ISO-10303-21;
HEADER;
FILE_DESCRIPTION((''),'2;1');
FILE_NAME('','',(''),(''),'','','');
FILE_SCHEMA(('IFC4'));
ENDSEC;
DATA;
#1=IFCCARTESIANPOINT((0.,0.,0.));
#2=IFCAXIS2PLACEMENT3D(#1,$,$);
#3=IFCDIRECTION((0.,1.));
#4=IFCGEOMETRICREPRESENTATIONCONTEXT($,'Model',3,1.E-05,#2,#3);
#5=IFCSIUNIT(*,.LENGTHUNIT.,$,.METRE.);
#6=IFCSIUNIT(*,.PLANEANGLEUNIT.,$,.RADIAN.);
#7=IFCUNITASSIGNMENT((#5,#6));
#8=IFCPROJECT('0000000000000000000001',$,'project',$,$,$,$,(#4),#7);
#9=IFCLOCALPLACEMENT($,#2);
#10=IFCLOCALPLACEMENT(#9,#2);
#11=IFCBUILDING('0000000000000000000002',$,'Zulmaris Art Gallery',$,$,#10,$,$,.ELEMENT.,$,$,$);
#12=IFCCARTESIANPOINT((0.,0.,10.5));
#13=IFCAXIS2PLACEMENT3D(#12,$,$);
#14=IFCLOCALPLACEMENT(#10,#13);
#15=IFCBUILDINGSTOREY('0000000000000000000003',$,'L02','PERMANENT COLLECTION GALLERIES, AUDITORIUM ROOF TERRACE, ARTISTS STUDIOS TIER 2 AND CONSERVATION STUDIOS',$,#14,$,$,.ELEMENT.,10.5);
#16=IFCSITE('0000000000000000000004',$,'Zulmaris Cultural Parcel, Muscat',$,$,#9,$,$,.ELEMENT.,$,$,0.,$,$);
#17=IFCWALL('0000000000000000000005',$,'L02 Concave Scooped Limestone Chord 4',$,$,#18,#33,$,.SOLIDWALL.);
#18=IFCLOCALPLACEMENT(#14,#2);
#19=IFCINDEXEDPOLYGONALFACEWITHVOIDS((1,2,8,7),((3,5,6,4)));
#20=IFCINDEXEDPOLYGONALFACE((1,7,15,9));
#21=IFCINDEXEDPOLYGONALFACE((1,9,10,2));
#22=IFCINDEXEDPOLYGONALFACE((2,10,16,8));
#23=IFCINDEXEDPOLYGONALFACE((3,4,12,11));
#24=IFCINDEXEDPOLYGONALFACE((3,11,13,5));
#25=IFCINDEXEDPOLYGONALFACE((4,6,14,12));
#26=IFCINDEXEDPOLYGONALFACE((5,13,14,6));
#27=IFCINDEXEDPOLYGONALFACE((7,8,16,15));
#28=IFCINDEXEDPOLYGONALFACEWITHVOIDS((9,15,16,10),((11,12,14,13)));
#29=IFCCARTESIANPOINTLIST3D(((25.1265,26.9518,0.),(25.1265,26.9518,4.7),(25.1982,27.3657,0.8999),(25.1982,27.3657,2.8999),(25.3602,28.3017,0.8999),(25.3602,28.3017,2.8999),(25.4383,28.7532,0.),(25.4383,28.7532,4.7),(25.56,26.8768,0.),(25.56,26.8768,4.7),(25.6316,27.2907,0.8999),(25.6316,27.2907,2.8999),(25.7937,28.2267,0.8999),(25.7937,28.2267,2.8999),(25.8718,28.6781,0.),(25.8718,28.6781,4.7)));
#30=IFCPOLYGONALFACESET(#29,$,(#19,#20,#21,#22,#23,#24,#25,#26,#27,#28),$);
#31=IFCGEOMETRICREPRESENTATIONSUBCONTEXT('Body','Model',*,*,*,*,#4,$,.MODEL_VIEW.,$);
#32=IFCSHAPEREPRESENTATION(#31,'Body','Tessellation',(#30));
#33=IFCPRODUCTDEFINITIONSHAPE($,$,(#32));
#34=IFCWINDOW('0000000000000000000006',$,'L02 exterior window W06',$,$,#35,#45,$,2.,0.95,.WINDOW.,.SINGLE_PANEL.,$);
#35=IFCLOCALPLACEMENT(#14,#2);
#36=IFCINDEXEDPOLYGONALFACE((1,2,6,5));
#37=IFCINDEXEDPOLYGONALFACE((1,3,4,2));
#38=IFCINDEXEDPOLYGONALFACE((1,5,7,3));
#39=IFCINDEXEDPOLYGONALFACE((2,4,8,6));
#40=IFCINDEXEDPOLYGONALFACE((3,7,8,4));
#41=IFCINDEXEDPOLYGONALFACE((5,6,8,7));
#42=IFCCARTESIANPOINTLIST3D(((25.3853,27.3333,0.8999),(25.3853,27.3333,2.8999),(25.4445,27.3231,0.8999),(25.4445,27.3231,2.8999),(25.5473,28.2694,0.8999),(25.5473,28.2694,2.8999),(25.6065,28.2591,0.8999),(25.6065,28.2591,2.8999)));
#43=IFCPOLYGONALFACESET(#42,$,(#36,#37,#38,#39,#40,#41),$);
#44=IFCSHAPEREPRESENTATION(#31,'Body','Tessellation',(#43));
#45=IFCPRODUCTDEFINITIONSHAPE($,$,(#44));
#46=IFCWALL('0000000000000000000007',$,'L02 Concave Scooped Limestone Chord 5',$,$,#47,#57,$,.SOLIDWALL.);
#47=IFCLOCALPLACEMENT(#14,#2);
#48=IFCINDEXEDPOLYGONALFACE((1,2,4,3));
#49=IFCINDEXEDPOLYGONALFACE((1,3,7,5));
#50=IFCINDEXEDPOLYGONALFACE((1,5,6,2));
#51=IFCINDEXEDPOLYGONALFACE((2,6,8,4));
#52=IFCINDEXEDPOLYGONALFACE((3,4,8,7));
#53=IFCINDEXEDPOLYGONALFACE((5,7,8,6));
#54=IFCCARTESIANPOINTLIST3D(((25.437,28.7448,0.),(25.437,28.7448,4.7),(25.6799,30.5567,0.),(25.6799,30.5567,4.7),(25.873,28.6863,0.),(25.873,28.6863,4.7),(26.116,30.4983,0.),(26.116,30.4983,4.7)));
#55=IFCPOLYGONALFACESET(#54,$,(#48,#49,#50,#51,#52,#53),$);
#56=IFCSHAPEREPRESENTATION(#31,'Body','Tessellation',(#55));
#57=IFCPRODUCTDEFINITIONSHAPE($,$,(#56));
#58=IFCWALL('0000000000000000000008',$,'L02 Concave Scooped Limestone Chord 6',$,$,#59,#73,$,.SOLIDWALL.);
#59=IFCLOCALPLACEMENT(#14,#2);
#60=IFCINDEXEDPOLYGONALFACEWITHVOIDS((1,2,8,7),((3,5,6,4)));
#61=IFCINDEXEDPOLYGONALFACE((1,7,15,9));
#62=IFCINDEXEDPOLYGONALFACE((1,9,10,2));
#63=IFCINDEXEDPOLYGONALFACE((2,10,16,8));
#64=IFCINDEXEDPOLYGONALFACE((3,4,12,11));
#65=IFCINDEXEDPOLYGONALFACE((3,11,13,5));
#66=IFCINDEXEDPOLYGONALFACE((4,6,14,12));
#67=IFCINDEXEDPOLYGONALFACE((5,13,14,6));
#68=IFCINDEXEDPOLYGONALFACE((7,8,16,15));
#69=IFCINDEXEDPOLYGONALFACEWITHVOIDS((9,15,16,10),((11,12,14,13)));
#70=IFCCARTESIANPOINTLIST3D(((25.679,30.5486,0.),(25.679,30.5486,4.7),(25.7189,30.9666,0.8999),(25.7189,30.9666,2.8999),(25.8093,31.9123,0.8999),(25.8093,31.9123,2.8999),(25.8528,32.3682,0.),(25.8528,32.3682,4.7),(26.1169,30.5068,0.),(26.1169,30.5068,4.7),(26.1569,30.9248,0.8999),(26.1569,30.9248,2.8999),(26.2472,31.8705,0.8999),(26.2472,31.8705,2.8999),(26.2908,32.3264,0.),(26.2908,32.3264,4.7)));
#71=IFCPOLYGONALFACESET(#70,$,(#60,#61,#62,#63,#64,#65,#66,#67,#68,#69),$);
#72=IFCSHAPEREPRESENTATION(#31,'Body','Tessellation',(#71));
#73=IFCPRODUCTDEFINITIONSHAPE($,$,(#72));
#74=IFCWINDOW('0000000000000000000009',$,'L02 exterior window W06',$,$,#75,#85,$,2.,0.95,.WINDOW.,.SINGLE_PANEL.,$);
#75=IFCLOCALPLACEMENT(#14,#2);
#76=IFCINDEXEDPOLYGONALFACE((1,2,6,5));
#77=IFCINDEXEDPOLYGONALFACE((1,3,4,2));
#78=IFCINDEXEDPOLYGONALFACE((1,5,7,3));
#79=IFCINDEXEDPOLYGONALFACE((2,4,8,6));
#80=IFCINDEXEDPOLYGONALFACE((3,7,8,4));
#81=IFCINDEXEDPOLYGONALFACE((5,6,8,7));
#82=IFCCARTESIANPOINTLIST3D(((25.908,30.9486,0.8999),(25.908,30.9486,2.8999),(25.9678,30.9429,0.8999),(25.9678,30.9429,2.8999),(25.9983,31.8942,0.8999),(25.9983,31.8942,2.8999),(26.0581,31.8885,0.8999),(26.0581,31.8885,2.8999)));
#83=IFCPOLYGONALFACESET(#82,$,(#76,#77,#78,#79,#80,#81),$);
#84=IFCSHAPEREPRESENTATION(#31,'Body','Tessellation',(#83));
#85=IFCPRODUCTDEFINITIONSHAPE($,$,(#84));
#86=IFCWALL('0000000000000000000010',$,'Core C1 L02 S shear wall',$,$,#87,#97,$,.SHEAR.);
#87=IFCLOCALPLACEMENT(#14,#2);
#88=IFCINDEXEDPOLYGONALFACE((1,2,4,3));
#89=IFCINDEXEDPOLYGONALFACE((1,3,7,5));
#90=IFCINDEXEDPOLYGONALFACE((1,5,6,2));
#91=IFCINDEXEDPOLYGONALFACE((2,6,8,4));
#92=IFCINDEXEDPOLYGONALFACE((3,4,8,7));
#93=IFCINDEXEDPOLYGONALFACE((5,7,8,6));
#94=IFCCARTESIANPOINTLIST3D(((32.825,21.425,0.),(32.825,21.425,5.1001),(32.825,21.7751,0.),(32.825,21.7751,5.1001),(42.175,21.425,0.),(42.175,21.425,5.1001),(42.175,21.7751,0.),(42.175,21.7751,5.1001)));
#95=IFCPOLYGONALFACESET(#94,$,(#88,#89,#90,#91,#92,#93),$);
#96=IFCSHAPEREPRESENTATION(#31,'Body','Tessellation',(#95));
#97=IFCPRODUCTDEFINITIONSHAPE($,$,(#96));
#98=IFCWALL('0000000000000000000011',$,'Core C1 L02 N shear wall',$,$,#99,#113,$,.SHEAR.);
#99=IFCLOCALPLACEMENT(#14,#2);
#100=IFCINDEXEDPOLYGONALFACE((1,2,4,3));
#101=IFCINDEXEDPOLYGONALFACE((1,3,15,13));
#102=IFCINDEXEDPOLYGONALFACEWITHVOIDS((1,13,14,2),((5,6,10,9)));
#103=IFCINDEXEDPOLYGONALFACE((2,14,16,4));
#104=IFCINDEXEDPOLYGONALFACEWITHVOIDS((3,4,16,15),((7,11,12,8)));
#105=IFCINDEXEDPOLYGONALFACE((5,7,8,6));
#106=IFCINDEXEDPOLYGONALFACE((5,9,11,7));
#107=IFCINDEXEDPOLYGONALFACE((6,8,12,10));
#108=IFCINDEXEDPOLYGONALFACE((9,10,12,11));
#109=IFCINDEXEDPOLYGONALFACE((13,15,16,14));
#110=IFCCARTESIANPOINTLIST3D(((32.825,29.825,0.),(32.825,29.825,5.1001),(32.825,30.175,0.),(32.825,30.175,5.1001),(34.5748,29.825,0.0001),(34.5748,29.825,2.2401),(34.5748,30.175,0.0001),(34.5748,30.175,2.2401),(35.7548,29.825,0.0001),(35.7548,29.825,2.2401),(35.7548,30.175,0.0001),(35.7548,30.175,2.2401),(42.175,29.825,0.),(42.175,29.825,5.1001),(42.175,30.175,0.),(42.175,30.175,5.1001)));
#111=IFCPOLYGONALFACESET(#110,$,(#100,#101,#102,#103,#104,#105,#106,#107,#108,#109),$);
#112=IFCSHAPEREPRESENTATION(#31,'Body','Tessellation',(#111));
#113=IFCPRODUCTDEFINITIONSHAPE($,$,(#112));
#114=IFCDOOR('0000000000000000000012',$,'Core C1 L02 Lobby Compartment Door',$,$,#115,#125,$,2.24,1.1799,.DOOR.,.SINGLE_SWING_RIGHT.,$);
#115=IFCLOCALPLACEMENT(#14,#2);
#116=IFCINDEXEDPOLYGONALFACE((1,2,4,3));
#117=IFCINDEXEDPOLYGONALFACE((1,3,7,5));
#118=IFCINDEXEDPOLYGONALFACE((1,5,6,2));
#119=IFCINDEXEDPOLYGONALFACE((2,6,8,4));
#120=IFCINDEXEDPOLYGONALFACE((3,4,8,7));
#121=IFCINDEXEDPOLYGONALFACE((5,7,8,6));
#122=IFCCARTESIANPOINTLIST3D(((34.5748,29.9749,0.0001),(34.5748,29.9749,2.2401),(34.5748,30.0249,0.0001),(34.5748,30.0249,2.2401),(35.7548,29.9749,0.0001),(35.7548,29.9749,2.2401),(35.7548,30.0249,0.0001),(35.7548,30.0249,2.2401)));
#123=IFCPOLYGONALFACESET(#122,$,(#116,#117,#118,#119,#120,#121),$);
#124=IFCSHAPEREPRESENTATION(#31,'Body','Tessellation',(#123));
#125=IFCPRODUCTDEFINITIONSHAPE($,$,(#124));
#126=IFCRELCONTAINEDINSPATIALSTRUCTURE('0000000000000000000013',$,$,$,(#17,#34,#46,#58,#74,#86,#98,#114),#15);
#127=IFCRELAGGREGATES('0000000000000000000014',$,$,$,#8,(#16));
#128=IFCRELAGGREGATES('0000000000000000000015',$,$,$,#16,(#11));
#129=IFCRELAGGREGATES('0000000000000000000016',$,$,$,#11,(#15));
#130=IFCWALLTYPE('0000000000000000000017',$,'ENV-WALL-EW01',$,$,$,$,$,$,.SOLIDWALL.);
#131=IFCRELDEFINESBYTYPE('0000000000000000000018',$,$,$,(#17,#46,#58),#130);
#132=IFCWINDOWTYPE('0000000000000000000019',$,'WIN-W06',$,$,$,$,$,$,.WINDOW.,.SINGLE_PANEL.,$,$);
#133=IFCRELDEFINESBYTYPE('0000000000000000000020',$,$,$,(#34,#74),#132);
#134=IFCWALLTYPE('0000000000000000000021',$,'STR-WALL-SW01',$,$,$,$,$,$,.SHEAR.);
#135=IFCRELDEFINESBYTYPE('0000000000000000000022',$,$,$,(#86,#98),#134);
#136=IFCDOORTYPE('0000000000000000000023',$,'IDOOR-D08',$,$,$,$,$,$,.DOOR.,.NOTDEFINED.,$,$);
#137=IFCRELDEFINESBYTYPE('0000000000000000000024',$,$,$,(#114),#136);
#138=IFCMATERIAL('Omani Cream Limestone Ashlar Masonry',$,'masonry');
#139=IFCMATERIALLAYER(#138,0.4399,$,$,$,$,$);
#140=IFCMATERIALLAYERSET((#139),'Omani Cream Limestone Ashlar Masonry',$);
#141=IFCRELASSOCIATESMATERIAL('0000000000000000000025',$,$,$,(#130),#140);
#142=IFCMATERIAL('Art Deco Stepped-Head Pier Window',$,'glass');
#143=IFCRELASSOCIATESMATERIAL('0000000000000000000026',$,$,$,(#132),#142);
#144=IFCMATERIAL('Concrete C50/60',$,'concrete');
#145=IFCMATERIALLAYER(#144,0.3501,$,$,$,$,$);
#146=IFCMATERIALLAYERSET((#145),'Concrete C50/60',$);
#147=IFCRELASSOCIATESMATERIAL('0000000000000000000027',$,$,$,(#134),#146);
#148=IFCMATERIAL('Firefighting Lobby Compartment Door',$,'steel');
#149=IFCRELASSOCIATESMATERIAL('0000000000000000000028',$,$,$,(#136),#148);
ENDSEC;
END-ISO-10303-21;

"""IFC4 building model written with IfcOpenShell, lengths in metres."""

from ifc_helpers import new_model, si_unit, direction, frame, frame_2d, origin, place, context, subcontext, project, spatial, rectangle, extrude, material, layer, layer_set, type_object, element, fill, save


model = new_model("IFC4")

# Units and contexts
model_context = context("Model", 3, precision=1e-05, world=origin(), true_north=direction((0.0, 1.0)))
body_context = subcontext(model_context, "Body", "Model", "MODEL_VIEW")
ifc_project = project(units=[si_unit("LENGTHUNIT", "METRE"), si_unit("PLANEANGLEUNIT", "RADIAN")], contexts=[model_context])

# Site, building, storey
site_placement = place(None, origin())
site = spatial("IfcSite", under=ifc_project, at=site_placement, Name="Zulmaris Cultural Parcel, Muscat", CompositionType="ELEMENT", RefElevation=0.0)
building_placement = place(site_placement, origin())
building = spatial("IfcBuilding", under=site, at=building_placement, Name="Zulmaris Art Gallery", CompositionType="ELEMENT")
storey_placement = place(building_placement, frame((0.0, 0.0, 10.5)))
storey = spatial("IfcBuildingStorey", under=building, at=storey_placement, Name="L02", Description="PERMANENT COLLECTION GALLERIES, AUDITORIUM ROOF TERRACE, ARTISTS STUDIOS TIER 2 AND CONSERVATION STUDIOS", CompositionType="ELEMENT", Elevation=10.5)

# Shared definitions
ifc_material_1 = material(Name="Concrete C50/60", Category="concrete")

# Shared definitions
ifc_material_2 = material(Name="Omani Cream Limestone Ashlar Masonry", Category="masonry")
ifc_layer_1 = layer(ifc_material_2, 0.4399)
ifc_layer_set_1 = layer_set([ifc_layer_1], Name="Omani Cream Limestone Ashlar Masonry")
wall_type_1 = type_object("IfcWallType", Name="ENV-WALL-EW01", PredefinedType="SOLIDWALL", material=ifc_layer_set_1)

# Wall, opening, window
wall_1_placement = place(storey_placement, frame((25.3433, 26.9143, 0.0), z_axis=(0.0, 0.0, 1.0), x_axis=(0.170546, 0.98535, 0.0)))
wall_1 = element("IfcWall", 1, at=wall_1_placement, inside=storey, type_object=wall_type_1, Name="L02 Concave Scooped Limestone Chord 4", PredefinedType="SOLIDWALL", context=body_context, shape_type="SweptSolid", body=[
    extrude(rectangle(XDim=1.8281, YDim=0.4399, at=frame_2d((0.9141, 0.0))), origin(), (0.0, 0.0, 1.0), 4.7),
])
opening_1_placement = place(wall_1_placement, frame((0.4199, 0.0, 0.8999)))
opening_1 = element("IfcOpeningElement", 2, at=opening_1_placement, cuts=wall_1, PredefinedType="OPENING", context=body_context, shape_type="SweptSolid", body=[
    extrude(rectangle(XDim=0.95, YDim=2.0, at=frame_2d((0.4751, 1.0))), frame((0.0, 0.23, 0.0), z_axis=(0.0, -1.0, 0.0), x_axis=(1.0, 0.0, 0.0)), (0.0, 0.0, 1.0), 0.46),
])
ifc_material_3 = material(Name="Art Deco Stepped-Head Pier Window", Category="glass")
window_type = type_object("IfcWindowType", Name="WIN-W06", PartitioningType="SINGLE_PANEL", PredefinedType="WINDOW", material=ifc_material_3)
window_1_placement = place(opening_1_placement, origin())
window_1 = element("IfcWindow", 3, at=window_1_placement, inside=storey, type_object=window_type, Name="L02 exterior window W06", OverallHeight=2.0, OverallWidth=0.95, PartitioningType="SINGLE_PANEL", PredefinedType="WINDOW", context=body_context, shape_type="SweptSolid", body=[
    extrude(rectangle(XDim=0.95, YDim=2.0, at=frame_2d((0.4751, 1.0))), frame((0.0, 0.03, 0.0), z_axis=(0.0, -1.0, 0.0), x_axis=(1.0, 0.0, 0.0)), (0.0, 0.0, 1.0), 0.0601),
])
fill(opening_1, window_1)

# Wall
wall_2_placement = place(storey_placement, frame((25.655, 28.7156, 0.0), z_axis=(0.0, 0.0, 1.0), x_axis=(0.132872, 0.991133, 0.0)))
element("IfcWall", 4, at=wall_2_placement, inside=storey, type_object=wall_type_1, Name="L02 Concave Scooped Limestone Chord 5", PredefinedType="SOLIDWALL", context=body_context, shape_type="SweptSolid", body=[
    extrude(rectangle(XDim=1.8281, YDim=0.4399, at=frame_2d((0.9141, 0.0))), origin(), (0.0, 0.0, 1.0), 4.7),
])

# Wall, opening, window
wall_3_placement = place(storey_placement, frame((25.8979, 30.5276, 0.0), z_axis=(0.0, 0.0, 1.0), x_axis=(0.095099, 0.995468, 0.0)))
wall_3 = element("IfcWall", 5, at=wall_3_placement, inside=storey, type_object=wall_type_1, Name="L02 Concave Scooped Limestone Chord 6", PredefinedType="SOLIDWALL", context=body_context, shape_type="SweptSolid", body=[
    extrude(rectangle(XDim=1.8279, YDim=0.4399, at=frame_2d((0.9141, 0.0))), origin(), (0.0, 0.0, 1.0), 4.7),
])
opening_2_placement = place(wall_3_placement, frame((0.4199, 0.0, 0.8999)))
opening_2 = element("IfcOpeningElement", 6, at=opening_2_placement, cuts=wall_3, PredefinedType="OPENING", context=body_context, shape_type="SweptSolid", body=[
    extrude(rectangle(XDim=0.95, YDim=2.0, at=frame_2d((0.4751, 1.0))), frame((0.0, 0.23, 0.0), z_axis=(0.0, -1.0, 0.0), x_axis=(1.0, 0.0, 0.0)), (0.0, 0.0, 1.0), 0.46),
])
window_2_placement = place(opening_2_placement, origin())
window_2 = element("IfcWindow", 7, at=window_2_placement, inside=storey, type_object=window_type, Name="L02 exterior window W06", OverallHeight=2.0, OverallWidth=0.95, PartitioningType="SINGLE_PANEL", PredefinedType="WINDOW", context=body_context, shape_type="SweptSolid", body=[
    extrude(rectangle(XDim=0.95, YDim=2.0, at=frame_2d((0.4751, 1.0))), frame((0.0, 0.03, 0.0), z_axis=(0.0, -1.0, 0.0), x_axis=(1.0, 0.0, 0.0)), (0.0, 0.0, 1.0), 0.0601),
])
fill(opening_2, window_2)

# Wall
ifc_layer_2 = layer(ifc_material_1, 0.3501)
ifc_layer_set_2 = layer_set([ifc_layer_2], Name="Concrete C50/60")
wall_type_2 = type_object("IfcWallType", Name="STR-WALL-SW01", PredefinedType="SHEAR", material=ifc_layer_set_2)
wall_4_placement = place(storey_placement, frame((32.825, 21.6001, 0.0), z_axis=(0.0, 0.0, 1.0), x_axis=(1.0, 0.0, 0.0)))
element("IfcWall", 8, at=wall_4_placement, inside=storey, type_object=wall_type_2, Name="Core C1 L02 S shear wall", PredefinedType="SHEAR", context=body_context, shape_type="SweptSolid", body=[
    extrude(rectangle(XDim=9.3501, YDim=0.3501, at=frame_2d((4.675, 0.0))), origin(), (0.0, 0.0, 1.0), 5.1001),
])

# Wall, opening, door
wall_5_placement = place(storey_placement, frame((32.825, 30.0, 0.0), z_axis=(0.0, 0.0, 1.0), x_axis=(1.0, 0.0, 0.0)))
wall_5 = element("IfcWall", 9, at=wall_5_placement, inside=storey, type_object=wall_type_2, Name="Core C1 L02 N shear wall", PredefinedType="SHEAR", context=body_context, shape_type="SweptSolid", body=[
    extrude(rectangle(XDim=9.3501, YDim=0.3501, at=frame_2d((4.675, 0.0))), origin(), (0.0, 0.0, 1.0), 5.1001),
])
opening_3_placement = place(wall_5_placement, frame((1.75, 0.0, 0.0)))
opening_3 = element("IfcOpeningElement", 10, at=opening_3_placement, cuts=wall_5, PredefinedType="OPENING", context=body_context, shape_type="SweptSolid", body=[
    extrude(rectangle(XDim=1.1799, YDim=2.24, at=frame_2d((0.5898, 1.1201))), frame((0.0, 0.1851, 0.0), z_axis=(0.0, -1.0, 0.0), x_axis=(1.0, 0.0, 0.0)), (0.0, 0.0, 1.0), 0.3701),
])
ifc_material_4 = material(Name="Firefighting Lobby Compartment Door", Category="steel")
door_type = type_object("IfcDoorType", Name="IDOOR-D08", OperationType="NOTDEFINED", PredefinedType="DOOR", material=ifc_material_4)
door_placement = place(opening_3_placement, origin())
door = element("IfcDoor", 11, at=door_placement, inside=storey, type_object=door_type, Name="Core C1 L02 Lobby Compartment Door", OperationType="SINGLE_SWING_RIGHT", OverallHeight=2.24, OverallWidth=1.1799, PredefinedType="DOOR", context=body_context, shape_type="SweptSolid", body=[
    extrude(rectangle(XDim=1.1799, YDim=2.24, at=frame_2d((0.5898, 1.1201))), frame((0.0, 0.0249, 0.0), z_axis=(0.0, -1.0, 0.0), x_axis=(1.0, 0.0, 0.0)), (0.0, 0.0, 1.0), 0.05),
])
fill(opening_3, door)

save(model, "model.ifc")
